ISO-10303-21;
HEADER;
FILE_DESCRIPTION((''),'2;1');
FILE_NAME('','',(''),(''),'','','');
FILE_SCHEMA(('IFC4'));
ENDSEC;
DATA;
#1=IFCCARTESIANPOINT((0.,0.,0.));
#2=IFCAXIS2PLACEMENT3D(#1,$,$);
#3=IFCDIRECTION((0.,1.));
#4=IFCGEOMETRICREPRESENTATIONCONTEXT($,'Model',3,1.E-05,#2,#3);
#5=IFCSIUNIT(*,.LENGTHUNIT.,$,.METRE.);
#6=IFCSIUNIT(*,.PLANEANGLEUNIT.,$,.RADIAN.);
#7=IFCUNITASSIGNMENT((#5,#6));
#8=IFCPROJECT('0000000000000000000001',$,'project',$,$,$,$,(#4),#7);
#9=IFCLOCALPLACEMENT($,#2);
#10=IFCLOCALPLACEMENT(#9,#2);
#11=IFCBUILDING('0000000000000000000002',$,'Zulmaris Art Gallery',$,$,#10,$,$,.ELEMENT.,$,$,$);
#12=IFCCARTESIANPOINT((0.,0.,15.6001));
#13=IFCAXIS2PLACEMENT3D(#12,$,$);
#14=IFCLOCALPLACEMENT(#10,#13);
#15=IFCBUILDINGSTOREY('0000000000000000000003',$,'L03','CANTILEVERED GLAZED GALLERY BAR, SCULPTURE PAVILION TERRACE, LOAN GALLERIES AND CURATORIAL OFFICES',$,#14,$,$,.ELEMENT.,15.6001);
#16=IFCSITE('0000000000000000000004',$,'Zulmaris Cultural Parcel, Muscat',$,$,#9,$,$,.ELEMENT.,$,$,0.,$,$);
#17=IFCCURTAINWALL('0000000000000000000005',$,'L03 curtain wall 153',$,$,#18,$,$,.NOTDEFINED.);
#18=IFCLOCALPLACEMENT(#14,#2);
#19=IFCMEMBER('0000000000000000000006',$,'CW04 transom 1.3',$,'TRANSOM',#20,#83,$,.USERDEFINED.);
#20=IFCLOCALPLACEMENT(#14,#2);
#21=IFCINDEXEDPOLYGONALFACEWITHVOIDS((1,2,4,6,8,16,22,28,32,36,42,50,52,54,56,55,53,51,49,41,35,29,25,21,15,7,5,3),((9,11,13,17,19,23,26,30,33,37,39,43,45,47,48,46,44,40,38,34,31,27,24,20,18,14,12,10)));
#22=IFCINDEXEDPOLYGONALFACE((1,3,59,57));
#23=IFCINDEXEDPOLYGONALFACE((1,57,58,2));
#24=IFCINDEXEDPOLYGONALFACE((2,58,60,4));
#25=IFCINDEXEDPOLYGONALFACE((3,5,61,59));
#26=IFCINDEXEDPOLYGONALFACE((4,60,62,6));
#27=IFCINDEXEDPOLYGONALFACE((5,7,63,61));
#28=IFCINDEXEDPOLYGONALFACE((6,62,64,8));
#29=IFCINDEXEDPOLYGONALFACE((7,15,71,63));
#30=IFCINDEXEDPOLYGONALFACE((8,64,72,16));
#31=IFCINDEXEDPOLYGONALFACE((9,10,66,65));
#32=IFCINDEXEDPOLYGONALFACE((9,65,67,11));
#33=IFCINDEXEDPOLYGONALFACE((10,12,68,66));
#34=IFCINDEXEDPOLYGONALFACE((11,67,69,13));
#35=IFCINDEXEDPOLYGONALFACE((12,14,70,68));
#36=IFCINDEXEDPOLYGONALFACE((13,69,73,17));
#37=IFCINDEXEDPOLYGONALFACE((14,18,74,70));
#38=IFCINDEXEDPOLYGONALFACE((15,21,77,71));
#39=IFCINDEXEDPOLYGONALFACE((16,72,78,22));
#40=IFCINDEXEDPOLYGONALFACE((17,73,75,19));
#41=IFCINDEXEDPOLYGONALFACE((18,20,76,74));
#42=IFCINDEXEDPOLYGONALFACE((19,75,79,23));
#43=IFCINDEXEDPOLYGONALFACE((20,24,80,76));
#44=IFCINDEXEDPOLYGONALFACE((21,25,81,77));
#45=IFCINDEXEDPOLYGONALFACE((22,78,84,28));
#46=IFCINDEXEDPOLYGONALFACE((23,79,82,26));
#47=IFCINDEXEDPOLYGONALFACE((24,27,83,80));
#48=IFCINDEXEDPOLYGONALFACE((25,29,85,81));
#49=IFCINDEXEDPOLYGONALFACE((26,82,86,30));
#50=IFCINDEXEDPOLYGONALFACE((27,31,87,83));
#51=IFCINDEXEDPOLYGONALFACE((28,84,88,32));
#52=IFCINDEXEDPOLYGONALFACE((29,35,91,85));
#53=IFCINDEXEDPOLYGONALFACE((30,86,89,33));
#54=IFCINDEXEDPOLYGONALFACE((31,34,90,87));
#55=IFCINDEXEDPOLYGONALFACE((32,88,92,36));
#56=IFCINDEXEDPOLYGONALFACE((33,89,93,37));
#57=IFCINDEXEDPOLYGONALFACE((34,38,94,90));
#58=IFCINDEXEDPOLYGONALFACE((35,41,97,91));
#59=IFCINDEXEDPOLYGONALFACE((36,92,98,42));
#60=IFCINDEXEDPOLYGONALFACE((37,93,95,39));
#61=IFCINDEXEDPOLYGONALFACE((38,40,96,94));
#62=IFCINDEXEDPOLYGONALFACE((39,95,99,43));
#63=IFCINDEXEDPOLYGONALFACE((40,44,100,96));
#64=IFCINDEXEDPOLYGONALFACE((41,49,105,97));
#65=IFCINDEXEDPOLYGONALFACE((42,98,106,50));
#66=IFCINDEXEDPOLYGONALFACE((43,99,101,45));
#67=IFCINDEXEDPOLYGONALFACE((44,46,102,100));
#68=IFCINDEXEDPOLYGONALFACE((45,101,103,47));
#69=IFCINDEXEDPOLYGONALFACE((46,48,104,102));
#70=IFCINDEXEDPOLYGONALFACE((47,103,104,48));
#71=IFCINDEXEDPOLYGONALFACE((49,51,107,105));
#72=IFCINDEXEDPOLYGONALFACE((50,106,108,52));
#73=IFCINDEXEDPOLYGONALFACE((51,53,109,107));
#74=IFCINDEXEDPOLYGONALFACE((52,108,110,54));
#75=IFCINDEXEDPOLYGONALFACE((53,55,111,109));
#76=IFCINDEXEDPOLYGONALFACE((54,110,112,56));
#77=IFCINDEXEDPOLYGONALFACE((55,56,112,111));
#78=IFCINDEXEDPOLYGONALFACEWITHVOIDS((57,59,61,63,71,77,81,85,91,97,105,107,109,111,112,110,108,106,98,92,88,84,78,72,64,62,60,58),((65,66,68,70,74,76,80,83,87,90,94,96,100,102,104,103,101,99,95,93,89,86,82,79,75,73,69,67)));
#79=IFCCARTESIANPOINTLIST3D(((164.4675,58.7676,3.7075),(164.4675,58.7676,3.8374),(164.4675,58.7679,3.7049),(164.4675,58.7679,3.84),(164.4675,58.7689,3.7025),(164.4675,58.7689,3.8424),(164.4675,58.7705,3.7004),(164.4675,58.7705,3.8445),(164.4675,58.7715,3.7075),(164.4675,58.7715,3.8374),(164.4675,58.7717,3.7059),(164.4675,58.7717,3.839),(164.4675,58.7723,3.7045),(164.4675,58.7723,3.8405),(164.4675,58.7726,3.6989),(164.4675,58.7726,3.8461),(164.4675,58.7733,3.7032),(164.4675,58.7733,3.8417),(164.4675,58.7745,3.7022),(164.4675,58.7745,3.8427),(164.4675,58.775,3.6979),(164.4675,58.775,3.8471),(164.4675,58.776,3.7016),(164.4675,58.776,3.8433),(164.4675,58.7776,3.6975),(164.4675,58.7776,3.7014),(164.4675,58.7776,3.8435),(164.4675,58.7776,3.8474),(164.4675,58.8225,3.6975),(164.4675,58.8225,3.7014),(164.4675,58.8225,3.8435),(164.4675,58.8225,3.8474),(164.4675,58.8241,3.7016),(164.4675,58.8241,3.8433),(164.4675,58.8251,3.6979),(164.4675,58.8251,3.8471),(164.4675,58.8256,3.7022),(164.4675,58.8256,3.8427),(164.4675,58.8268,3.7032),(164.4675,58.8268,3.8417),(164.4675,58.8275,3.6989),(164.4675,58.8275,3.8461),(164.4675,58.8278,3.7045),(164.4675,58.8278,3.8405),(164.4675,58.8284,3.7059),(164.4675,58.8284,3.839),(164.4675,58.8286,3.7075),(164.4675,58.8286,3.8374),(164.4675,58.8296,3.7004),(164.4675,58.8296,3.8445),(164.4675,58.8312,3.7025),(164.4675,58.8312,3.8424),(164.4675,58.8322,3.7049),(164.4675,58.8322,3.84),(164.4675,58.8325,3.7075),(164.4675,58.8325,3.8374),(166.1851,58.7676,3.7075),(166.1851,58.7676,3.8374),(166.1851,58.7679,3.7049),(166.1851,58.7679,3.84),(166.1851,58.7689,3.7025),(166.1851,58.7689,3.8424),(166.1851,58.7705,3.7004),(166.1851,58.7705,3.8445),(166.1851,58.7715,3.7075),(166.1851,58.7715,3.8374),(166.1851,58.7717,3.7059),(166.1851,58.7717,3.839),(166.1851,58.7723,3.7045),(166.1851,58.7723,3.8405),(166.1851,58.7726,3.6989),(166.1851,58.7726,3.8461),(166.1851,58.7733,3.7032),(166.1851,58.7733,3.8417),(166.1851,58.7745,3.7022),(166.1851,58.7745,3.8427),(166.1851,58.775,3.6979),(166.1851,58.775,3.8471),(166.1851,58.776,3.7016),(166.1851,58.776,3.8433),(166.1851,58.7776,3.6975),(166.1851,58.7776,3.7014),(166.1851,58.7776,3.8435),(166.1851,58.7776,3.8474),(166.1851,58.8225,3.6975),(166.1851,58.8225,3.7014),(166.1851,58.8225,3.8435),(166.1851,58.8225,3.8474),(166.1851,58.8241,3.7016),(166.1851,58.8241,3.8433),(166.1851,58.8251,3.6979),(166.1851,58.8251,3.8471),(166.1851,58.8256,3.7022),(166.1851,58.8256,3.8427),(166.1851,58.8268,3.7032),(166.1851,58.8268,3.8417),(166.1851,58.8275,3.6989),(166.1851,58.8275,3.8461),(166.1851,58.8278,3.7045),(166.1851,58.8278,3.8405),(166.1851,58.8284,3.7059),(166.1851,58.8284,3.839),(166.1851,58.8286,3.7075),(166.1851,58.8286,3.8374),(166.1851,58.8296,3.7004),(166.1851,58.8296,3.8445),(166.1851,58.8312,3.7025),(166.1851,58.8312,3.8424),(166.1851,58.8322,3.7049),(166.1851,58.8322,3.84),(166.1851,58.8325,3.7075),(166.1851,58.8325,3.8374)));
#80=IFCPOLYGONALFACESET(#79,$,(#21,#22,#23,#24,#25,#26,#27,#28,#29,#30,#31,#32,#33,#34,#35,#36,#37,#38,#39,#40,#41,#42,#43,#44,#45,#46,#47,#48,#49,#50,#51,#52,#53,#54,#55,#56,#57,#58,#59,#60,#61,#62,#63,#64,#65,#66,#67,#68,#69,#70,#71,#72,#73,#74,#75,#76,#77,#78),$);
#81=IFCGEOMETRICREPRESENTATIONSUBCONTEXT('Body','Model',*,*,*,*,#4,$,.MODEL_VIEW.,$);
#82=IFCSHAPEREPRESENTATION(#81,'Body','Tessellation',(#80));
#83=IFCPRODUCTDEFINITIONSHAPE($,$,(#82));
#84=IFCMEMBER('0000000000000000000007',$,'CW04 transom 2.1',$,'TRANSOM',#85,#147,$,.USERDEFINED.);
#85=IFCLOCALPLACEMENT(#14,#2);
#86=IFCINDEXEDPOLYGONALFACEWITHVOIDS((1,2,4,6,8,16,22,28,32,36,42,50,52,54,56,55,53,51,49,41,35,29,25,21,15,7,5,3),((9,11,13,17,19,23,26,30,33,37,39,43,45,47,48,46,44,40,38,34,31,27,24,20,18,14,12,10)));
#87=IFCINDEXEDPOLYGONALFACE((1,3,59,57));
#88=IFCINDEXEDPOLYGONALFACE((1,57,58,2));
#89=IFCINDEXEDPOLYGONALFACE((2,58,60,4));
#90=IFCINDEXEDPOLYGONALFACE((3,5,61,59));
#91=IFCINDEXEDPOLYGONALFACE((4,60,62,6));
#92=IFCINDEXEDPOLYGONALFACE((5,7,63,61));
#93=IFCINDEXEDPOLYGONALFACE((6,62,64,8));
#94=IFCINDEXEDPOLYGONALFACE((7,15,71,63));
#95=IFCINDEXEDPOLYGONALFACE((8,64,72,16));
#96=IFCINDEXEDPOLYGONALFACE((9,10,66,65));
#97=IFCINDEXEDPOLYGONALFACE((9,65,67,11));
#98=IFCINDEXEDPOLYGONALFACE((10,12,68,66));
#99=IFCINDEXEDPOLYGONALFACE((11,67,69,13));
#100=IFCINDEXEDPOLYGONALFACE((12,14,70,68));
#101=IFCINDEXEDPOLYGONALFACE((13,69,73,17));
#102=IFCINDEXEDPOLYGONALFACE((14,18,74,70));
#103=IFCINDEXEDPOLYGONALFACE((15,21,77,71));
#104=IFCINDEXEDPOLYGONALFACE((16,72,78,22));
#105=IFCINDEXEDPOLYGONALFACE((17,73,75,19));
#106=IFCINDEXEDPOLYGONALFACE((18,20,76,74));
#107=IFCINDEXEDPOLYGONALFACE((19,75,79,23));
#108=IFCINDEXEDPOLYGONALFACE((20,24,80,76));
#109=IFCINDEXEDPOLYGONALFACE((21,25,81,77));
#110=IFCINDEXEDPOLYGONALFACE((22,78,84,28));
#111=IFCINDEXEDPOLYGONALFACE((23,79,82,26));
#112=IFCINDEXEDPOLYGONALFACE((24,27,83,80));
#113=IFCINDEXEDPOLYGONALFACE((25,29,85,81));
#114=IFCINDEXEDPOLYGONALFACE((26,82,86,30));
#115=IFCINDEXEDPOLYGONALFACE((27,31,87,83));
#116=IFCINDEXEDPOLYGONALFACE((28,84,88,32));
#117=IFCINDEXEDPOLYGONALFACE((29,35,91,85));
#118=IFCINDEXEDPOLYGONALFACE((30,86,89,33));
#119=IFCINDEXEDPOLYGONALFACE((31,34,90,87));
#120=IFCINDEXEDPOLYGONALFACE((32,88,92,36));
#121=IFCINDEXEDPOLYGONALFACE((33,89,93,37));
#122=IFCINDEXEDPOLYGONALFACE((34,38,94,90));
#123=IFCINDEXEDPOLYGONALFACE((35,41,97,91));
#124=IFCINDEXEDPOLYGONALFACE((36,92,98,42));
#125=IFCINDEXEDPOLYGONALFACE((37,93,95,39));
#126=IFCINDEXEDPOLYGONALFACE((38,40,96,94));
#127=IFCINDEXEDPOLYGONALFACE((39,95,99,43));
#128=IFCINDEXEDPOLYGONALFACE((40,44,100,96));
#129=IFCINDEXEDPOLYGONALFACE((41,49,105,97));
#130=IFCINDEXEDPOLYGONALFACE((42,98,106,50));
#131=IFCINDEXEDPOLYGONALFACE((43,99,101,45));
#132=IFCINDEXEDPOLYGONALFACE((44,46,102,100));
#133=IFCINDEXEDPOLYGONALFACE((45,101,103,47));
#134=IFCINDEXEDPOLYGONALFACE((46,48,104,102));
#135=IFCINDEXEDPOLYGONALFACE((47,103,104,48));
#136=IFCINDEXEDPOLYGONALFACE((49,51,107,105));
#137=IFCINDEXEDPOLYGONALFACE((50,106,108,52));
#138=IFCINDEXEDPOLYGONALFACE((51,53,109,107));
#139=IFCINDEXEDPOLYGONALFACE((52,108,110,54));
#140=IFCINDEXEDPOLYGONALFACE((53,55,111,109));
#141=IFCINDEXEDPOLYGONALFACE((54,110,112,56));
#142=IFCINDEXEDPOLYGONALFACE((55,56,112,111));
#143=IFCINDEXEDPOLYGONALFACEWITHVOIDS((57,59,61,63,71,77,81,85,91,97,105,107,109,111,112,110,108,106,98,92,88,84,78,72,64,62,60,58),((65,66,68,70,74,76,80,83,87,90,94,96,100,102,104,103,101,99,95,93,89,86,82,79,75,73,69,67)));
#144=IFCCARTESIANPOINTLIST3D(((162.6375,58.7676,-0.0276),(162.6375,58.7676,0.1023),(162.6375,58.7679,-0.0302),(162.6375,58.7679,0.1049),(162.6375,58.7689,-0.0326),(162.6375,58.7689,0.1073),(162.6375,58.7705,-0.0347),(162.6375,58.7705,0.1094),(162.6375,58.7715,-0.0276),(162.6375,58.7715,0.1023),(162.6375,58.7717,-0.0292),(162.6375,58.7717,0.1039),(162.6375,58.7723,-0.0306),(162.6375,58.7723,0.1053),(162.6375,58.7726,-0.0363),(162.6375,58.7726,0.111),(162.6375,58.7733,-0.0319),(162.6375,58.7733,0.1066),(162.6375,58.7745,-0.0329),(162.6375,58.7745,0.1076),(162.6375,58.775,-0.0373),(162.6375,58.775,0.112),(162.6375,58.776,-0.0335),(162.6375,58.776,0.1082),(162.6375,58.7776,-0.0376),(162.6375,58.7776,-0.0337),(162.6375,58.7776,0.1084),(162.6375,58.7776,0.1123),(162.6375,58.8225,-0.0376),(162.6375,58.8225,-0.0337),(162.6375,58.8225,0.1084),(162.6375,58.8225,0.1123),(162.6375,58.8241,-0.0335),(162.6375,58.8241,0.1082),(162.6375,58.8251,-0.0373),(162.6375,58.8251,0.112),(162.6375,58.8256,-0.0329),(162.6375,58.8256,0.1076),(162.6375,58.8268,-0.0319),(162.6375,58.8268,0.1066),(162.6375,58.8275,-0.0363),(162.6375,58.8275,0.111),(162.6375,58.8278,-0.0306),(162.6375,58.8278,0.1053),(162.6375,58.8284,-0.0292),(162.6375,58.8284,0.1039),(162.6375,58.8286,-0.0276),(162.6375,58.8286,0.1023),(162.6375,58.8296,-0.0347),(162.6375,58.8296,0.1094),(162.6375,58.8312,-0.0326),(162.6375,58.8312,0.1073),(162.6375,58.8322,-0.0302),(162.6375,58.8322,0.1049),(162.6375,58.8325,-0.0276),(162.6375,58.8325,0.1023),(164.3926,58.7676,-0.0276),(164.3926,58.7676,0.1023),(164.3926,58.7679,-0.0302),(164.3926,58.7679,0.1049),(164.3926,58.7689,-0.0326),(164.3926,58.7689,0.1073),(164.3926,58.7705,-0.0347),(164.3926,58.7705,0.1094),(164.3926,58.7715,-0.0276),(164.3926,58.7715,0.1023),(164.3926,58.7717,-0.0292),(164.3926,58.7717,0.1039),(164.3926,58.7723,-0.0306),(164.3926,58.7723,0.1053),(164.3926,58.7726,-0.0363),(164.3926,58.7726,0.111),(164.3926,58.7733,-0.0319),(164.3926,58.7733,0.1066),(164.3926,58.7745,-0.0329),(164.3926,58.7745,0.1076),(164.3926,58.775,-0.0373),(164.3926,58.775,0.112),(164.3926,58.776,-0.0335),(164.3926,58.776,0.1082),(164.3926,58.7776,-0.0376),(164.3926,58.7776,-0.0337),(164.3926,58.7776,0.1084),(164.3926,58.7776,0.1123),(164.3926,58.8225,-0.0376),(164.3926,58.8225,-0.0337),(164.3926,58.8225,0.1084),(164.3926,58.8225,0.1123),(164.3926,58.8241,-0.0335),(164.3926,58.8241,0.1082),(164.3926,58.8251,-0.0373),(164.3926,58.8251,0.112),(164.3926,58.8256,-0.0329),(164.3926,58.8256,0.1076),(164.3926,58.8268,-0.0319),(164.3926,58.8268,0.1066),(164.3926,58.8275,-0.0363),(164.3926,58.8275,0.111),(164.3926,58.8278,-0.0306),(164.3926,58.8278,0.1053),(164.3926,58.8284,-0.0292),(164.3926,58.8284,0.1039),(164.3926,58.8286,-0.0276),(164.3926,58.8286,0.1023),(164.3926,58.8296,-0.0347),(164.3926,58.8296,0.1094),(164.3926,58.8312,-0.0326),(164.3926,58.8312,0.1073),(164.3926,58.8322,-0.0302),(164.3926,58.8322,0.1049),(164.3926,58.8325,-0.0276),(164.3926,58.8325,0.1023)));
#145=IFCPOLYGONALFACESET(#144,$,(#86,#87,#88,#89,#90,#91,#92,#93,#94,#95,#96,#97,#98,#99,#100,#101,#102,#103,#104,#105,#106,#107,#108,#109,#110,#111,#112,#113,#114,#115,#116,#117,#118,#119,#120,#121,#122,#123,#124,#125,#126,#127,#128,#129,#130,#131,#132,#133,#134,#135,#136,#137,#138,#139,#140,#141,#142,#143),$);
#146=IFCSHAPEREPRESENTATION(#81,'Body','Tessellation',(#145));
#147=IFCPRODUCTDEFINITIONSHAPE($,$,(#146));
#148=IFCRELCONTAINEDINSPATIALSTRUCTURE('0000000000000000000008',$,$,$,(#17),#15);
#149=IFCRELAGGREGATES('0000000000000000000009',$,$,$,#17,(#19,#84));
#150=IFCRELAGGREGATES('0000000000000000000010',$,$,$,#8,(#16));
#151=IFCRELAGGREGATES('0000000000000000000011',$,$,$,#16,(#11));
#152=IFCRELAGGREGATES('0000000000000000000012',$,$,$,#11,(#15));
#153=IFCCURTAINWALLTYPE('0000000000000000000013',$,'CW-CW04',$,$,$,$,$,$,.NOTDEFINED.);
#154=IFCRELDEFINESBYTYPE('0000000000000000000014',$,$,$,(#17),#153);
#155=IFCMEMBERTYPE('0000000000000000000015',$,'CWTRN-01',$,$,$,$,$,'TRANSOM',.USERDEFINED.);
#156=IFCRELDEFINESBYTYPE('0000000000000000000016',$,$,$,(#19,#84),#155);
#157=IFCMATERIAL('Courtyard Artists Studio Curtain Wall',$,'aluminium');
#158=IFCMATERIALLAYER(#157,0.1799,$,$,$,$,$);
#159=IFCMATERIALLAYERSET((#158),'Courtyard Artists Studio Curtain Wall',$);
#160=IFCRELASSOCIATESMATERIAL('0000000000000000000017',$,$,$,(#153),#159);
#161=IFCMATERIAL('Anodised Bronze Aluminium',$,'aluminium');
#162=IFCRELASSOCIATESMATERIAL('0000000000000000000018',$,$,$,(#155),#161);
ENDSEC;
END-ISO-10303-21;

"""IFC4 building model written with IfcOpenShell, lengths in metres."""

from ifc_helpers import new_model, si_unit, direction, frame, origin, origin_2d, place, context, subcontext, project, spatial, hollow_rectangle, extrude, material, layer, layer_set, material_profile, profile_set, type_object, element, aggregate, save


model = new_model("IFC4")

# Units and contexts
model_context = context("Model", 3, precision=1e-05, world=origin(), true_north=direction((0.0, 1.0)))
body_context = subcontext(model_context, "Body", "Model", "MODEL_VIEW")
ifc_project = project(units=[si_unit("LENGTHUNIT", "METRE"), si_unit("PLANEANGLEUNIT", "RADIAN")], contexts=[model_context])

# Site, building, storey
site_placement = place(None, origin())
site = spatial("IfcSite", under=ifc_project, at=site_placement, Name="Zulmaris Cultural Parcel, Muscat", CompositionType="ELEMENT", RefElevation=0.0)
building_placement = place(site_placement, origin())
building = spatial("IfcBuilding", under=site, at=building_placement, Name="Zulmaris Art Gallery", CompositionType="ELEMENT")
storey_placement = place(building_placement, frame((0.0, 0.0, 15.6001)))
storey = spatial("IfcBuildingStorey", under=building, at=storey_placement, Name="L03", Description="CANTILEVERED GLAZED GALLERY BAR, SCULPTURE PAVILION TERRACE, LOAN GALLERIES AND CURATORIAL OFFICES", CompositionType="ELEMENT", Elevation=15.6001)

# Curtain wall
ifc_material_1 = material(Name="Courtyard Artists Studio Curtain Wall", Category="aluminium")
ifc_layer_1 = layer(ifc_material_1, 0.1799)
ifc_layer_set_1 = layer_set([ifc_layer_1], Name="Courtyard Artists Studio Curtain Wall")
curtain_wall_type = type_object("IfcCurtainWallType", Name="CW-CW04", PredefinedType="NOTDEFINED", material=ifc_layer_set_1)
ifc_material_2 = material(Name="Anodised Bronze Aluminium", Category="aluminium")
curtain_wall_1_placement = place(storey_placement, origin())
curtain_wall_1 = element("IfcCurtainWall", 1, at=curtain_wall_1_placement, inside=storey, type_object=curtain_wall_type, Name="L03 curtain wall 153", PredefinedType="NOTDEFINED")

# Members
ifc_material_profile_1 = material_profile(ifc_material_2, hollow_rectangle(XDim=0.0649, YDim=0.1499, WallThickness=0.0039, InnerFilletRadius=0.0061, OuterFilletRadius=0.01, at=origin_2d()), Name="ALU 65x150x4")
ifc_profile_set_1 = profile_set([ifc_material_profile_1], Name="Anodised Bronze Aluminium")
member_type_1 = type_object("IfcMemberType", Name="CWTRN-01", ElementType="TRANSOM", PredefinedType="USERDEFINED", material=ifc_profile_set_1)
member_1_placement = place(storey_placement, frame((166.1851, 58.8, 3.7725), z_axis=(-1.0, 0.0, 0.0), x_axis=(0.0, -1.0, 0.0)))
member_1 = element("IfcMember", 2, at=member_1_placement, type_object=member_type_1, Name="CW04 transom 1.3", ObjectType="TRANSOM", PredefinedType="USERDEFINED", context=body_context, shape_type="SweptSolid", body=[
    extrude(hollow_rectangle(XDim=0.0649, YDim=0.1499, WallThickness=0.0039, InnerFilletRadius=0.0061, OuterFilletRadius=0.01, at=origin_2d()), origin(), (0.0, 0.0, 1.0), 1.7175),
])
member_2_placement = place(storey_placement, frame((164.3926, 58.8, 0.0374), z_axis=(-1.0, 0.0, 0.0), x_axis=(0.0, -1.0, 0.0)))
member_2 = element("IfcMember", 3, at=member_2_placement, type_object=member_type_1, Name="CW04 transom 2.1", ObjectType="TRANSOM", PredefinedType="USERDEFINED", context=body_context, shape_type="SweptSolid", body=[
    extrude(hollow_rectangle(XDim=0.0649, YDim=0.1499, WallThickness=0.0039, InnerFilletRadius=0.0061, OuterFilletRadius=0.01, at=origin_2d()), origin(), (0.0, 0.0, 1.0), 1.7551),
])

aggregate(curtain_wall_1, [member_1, member_2])

save(model, "model.ifc")
